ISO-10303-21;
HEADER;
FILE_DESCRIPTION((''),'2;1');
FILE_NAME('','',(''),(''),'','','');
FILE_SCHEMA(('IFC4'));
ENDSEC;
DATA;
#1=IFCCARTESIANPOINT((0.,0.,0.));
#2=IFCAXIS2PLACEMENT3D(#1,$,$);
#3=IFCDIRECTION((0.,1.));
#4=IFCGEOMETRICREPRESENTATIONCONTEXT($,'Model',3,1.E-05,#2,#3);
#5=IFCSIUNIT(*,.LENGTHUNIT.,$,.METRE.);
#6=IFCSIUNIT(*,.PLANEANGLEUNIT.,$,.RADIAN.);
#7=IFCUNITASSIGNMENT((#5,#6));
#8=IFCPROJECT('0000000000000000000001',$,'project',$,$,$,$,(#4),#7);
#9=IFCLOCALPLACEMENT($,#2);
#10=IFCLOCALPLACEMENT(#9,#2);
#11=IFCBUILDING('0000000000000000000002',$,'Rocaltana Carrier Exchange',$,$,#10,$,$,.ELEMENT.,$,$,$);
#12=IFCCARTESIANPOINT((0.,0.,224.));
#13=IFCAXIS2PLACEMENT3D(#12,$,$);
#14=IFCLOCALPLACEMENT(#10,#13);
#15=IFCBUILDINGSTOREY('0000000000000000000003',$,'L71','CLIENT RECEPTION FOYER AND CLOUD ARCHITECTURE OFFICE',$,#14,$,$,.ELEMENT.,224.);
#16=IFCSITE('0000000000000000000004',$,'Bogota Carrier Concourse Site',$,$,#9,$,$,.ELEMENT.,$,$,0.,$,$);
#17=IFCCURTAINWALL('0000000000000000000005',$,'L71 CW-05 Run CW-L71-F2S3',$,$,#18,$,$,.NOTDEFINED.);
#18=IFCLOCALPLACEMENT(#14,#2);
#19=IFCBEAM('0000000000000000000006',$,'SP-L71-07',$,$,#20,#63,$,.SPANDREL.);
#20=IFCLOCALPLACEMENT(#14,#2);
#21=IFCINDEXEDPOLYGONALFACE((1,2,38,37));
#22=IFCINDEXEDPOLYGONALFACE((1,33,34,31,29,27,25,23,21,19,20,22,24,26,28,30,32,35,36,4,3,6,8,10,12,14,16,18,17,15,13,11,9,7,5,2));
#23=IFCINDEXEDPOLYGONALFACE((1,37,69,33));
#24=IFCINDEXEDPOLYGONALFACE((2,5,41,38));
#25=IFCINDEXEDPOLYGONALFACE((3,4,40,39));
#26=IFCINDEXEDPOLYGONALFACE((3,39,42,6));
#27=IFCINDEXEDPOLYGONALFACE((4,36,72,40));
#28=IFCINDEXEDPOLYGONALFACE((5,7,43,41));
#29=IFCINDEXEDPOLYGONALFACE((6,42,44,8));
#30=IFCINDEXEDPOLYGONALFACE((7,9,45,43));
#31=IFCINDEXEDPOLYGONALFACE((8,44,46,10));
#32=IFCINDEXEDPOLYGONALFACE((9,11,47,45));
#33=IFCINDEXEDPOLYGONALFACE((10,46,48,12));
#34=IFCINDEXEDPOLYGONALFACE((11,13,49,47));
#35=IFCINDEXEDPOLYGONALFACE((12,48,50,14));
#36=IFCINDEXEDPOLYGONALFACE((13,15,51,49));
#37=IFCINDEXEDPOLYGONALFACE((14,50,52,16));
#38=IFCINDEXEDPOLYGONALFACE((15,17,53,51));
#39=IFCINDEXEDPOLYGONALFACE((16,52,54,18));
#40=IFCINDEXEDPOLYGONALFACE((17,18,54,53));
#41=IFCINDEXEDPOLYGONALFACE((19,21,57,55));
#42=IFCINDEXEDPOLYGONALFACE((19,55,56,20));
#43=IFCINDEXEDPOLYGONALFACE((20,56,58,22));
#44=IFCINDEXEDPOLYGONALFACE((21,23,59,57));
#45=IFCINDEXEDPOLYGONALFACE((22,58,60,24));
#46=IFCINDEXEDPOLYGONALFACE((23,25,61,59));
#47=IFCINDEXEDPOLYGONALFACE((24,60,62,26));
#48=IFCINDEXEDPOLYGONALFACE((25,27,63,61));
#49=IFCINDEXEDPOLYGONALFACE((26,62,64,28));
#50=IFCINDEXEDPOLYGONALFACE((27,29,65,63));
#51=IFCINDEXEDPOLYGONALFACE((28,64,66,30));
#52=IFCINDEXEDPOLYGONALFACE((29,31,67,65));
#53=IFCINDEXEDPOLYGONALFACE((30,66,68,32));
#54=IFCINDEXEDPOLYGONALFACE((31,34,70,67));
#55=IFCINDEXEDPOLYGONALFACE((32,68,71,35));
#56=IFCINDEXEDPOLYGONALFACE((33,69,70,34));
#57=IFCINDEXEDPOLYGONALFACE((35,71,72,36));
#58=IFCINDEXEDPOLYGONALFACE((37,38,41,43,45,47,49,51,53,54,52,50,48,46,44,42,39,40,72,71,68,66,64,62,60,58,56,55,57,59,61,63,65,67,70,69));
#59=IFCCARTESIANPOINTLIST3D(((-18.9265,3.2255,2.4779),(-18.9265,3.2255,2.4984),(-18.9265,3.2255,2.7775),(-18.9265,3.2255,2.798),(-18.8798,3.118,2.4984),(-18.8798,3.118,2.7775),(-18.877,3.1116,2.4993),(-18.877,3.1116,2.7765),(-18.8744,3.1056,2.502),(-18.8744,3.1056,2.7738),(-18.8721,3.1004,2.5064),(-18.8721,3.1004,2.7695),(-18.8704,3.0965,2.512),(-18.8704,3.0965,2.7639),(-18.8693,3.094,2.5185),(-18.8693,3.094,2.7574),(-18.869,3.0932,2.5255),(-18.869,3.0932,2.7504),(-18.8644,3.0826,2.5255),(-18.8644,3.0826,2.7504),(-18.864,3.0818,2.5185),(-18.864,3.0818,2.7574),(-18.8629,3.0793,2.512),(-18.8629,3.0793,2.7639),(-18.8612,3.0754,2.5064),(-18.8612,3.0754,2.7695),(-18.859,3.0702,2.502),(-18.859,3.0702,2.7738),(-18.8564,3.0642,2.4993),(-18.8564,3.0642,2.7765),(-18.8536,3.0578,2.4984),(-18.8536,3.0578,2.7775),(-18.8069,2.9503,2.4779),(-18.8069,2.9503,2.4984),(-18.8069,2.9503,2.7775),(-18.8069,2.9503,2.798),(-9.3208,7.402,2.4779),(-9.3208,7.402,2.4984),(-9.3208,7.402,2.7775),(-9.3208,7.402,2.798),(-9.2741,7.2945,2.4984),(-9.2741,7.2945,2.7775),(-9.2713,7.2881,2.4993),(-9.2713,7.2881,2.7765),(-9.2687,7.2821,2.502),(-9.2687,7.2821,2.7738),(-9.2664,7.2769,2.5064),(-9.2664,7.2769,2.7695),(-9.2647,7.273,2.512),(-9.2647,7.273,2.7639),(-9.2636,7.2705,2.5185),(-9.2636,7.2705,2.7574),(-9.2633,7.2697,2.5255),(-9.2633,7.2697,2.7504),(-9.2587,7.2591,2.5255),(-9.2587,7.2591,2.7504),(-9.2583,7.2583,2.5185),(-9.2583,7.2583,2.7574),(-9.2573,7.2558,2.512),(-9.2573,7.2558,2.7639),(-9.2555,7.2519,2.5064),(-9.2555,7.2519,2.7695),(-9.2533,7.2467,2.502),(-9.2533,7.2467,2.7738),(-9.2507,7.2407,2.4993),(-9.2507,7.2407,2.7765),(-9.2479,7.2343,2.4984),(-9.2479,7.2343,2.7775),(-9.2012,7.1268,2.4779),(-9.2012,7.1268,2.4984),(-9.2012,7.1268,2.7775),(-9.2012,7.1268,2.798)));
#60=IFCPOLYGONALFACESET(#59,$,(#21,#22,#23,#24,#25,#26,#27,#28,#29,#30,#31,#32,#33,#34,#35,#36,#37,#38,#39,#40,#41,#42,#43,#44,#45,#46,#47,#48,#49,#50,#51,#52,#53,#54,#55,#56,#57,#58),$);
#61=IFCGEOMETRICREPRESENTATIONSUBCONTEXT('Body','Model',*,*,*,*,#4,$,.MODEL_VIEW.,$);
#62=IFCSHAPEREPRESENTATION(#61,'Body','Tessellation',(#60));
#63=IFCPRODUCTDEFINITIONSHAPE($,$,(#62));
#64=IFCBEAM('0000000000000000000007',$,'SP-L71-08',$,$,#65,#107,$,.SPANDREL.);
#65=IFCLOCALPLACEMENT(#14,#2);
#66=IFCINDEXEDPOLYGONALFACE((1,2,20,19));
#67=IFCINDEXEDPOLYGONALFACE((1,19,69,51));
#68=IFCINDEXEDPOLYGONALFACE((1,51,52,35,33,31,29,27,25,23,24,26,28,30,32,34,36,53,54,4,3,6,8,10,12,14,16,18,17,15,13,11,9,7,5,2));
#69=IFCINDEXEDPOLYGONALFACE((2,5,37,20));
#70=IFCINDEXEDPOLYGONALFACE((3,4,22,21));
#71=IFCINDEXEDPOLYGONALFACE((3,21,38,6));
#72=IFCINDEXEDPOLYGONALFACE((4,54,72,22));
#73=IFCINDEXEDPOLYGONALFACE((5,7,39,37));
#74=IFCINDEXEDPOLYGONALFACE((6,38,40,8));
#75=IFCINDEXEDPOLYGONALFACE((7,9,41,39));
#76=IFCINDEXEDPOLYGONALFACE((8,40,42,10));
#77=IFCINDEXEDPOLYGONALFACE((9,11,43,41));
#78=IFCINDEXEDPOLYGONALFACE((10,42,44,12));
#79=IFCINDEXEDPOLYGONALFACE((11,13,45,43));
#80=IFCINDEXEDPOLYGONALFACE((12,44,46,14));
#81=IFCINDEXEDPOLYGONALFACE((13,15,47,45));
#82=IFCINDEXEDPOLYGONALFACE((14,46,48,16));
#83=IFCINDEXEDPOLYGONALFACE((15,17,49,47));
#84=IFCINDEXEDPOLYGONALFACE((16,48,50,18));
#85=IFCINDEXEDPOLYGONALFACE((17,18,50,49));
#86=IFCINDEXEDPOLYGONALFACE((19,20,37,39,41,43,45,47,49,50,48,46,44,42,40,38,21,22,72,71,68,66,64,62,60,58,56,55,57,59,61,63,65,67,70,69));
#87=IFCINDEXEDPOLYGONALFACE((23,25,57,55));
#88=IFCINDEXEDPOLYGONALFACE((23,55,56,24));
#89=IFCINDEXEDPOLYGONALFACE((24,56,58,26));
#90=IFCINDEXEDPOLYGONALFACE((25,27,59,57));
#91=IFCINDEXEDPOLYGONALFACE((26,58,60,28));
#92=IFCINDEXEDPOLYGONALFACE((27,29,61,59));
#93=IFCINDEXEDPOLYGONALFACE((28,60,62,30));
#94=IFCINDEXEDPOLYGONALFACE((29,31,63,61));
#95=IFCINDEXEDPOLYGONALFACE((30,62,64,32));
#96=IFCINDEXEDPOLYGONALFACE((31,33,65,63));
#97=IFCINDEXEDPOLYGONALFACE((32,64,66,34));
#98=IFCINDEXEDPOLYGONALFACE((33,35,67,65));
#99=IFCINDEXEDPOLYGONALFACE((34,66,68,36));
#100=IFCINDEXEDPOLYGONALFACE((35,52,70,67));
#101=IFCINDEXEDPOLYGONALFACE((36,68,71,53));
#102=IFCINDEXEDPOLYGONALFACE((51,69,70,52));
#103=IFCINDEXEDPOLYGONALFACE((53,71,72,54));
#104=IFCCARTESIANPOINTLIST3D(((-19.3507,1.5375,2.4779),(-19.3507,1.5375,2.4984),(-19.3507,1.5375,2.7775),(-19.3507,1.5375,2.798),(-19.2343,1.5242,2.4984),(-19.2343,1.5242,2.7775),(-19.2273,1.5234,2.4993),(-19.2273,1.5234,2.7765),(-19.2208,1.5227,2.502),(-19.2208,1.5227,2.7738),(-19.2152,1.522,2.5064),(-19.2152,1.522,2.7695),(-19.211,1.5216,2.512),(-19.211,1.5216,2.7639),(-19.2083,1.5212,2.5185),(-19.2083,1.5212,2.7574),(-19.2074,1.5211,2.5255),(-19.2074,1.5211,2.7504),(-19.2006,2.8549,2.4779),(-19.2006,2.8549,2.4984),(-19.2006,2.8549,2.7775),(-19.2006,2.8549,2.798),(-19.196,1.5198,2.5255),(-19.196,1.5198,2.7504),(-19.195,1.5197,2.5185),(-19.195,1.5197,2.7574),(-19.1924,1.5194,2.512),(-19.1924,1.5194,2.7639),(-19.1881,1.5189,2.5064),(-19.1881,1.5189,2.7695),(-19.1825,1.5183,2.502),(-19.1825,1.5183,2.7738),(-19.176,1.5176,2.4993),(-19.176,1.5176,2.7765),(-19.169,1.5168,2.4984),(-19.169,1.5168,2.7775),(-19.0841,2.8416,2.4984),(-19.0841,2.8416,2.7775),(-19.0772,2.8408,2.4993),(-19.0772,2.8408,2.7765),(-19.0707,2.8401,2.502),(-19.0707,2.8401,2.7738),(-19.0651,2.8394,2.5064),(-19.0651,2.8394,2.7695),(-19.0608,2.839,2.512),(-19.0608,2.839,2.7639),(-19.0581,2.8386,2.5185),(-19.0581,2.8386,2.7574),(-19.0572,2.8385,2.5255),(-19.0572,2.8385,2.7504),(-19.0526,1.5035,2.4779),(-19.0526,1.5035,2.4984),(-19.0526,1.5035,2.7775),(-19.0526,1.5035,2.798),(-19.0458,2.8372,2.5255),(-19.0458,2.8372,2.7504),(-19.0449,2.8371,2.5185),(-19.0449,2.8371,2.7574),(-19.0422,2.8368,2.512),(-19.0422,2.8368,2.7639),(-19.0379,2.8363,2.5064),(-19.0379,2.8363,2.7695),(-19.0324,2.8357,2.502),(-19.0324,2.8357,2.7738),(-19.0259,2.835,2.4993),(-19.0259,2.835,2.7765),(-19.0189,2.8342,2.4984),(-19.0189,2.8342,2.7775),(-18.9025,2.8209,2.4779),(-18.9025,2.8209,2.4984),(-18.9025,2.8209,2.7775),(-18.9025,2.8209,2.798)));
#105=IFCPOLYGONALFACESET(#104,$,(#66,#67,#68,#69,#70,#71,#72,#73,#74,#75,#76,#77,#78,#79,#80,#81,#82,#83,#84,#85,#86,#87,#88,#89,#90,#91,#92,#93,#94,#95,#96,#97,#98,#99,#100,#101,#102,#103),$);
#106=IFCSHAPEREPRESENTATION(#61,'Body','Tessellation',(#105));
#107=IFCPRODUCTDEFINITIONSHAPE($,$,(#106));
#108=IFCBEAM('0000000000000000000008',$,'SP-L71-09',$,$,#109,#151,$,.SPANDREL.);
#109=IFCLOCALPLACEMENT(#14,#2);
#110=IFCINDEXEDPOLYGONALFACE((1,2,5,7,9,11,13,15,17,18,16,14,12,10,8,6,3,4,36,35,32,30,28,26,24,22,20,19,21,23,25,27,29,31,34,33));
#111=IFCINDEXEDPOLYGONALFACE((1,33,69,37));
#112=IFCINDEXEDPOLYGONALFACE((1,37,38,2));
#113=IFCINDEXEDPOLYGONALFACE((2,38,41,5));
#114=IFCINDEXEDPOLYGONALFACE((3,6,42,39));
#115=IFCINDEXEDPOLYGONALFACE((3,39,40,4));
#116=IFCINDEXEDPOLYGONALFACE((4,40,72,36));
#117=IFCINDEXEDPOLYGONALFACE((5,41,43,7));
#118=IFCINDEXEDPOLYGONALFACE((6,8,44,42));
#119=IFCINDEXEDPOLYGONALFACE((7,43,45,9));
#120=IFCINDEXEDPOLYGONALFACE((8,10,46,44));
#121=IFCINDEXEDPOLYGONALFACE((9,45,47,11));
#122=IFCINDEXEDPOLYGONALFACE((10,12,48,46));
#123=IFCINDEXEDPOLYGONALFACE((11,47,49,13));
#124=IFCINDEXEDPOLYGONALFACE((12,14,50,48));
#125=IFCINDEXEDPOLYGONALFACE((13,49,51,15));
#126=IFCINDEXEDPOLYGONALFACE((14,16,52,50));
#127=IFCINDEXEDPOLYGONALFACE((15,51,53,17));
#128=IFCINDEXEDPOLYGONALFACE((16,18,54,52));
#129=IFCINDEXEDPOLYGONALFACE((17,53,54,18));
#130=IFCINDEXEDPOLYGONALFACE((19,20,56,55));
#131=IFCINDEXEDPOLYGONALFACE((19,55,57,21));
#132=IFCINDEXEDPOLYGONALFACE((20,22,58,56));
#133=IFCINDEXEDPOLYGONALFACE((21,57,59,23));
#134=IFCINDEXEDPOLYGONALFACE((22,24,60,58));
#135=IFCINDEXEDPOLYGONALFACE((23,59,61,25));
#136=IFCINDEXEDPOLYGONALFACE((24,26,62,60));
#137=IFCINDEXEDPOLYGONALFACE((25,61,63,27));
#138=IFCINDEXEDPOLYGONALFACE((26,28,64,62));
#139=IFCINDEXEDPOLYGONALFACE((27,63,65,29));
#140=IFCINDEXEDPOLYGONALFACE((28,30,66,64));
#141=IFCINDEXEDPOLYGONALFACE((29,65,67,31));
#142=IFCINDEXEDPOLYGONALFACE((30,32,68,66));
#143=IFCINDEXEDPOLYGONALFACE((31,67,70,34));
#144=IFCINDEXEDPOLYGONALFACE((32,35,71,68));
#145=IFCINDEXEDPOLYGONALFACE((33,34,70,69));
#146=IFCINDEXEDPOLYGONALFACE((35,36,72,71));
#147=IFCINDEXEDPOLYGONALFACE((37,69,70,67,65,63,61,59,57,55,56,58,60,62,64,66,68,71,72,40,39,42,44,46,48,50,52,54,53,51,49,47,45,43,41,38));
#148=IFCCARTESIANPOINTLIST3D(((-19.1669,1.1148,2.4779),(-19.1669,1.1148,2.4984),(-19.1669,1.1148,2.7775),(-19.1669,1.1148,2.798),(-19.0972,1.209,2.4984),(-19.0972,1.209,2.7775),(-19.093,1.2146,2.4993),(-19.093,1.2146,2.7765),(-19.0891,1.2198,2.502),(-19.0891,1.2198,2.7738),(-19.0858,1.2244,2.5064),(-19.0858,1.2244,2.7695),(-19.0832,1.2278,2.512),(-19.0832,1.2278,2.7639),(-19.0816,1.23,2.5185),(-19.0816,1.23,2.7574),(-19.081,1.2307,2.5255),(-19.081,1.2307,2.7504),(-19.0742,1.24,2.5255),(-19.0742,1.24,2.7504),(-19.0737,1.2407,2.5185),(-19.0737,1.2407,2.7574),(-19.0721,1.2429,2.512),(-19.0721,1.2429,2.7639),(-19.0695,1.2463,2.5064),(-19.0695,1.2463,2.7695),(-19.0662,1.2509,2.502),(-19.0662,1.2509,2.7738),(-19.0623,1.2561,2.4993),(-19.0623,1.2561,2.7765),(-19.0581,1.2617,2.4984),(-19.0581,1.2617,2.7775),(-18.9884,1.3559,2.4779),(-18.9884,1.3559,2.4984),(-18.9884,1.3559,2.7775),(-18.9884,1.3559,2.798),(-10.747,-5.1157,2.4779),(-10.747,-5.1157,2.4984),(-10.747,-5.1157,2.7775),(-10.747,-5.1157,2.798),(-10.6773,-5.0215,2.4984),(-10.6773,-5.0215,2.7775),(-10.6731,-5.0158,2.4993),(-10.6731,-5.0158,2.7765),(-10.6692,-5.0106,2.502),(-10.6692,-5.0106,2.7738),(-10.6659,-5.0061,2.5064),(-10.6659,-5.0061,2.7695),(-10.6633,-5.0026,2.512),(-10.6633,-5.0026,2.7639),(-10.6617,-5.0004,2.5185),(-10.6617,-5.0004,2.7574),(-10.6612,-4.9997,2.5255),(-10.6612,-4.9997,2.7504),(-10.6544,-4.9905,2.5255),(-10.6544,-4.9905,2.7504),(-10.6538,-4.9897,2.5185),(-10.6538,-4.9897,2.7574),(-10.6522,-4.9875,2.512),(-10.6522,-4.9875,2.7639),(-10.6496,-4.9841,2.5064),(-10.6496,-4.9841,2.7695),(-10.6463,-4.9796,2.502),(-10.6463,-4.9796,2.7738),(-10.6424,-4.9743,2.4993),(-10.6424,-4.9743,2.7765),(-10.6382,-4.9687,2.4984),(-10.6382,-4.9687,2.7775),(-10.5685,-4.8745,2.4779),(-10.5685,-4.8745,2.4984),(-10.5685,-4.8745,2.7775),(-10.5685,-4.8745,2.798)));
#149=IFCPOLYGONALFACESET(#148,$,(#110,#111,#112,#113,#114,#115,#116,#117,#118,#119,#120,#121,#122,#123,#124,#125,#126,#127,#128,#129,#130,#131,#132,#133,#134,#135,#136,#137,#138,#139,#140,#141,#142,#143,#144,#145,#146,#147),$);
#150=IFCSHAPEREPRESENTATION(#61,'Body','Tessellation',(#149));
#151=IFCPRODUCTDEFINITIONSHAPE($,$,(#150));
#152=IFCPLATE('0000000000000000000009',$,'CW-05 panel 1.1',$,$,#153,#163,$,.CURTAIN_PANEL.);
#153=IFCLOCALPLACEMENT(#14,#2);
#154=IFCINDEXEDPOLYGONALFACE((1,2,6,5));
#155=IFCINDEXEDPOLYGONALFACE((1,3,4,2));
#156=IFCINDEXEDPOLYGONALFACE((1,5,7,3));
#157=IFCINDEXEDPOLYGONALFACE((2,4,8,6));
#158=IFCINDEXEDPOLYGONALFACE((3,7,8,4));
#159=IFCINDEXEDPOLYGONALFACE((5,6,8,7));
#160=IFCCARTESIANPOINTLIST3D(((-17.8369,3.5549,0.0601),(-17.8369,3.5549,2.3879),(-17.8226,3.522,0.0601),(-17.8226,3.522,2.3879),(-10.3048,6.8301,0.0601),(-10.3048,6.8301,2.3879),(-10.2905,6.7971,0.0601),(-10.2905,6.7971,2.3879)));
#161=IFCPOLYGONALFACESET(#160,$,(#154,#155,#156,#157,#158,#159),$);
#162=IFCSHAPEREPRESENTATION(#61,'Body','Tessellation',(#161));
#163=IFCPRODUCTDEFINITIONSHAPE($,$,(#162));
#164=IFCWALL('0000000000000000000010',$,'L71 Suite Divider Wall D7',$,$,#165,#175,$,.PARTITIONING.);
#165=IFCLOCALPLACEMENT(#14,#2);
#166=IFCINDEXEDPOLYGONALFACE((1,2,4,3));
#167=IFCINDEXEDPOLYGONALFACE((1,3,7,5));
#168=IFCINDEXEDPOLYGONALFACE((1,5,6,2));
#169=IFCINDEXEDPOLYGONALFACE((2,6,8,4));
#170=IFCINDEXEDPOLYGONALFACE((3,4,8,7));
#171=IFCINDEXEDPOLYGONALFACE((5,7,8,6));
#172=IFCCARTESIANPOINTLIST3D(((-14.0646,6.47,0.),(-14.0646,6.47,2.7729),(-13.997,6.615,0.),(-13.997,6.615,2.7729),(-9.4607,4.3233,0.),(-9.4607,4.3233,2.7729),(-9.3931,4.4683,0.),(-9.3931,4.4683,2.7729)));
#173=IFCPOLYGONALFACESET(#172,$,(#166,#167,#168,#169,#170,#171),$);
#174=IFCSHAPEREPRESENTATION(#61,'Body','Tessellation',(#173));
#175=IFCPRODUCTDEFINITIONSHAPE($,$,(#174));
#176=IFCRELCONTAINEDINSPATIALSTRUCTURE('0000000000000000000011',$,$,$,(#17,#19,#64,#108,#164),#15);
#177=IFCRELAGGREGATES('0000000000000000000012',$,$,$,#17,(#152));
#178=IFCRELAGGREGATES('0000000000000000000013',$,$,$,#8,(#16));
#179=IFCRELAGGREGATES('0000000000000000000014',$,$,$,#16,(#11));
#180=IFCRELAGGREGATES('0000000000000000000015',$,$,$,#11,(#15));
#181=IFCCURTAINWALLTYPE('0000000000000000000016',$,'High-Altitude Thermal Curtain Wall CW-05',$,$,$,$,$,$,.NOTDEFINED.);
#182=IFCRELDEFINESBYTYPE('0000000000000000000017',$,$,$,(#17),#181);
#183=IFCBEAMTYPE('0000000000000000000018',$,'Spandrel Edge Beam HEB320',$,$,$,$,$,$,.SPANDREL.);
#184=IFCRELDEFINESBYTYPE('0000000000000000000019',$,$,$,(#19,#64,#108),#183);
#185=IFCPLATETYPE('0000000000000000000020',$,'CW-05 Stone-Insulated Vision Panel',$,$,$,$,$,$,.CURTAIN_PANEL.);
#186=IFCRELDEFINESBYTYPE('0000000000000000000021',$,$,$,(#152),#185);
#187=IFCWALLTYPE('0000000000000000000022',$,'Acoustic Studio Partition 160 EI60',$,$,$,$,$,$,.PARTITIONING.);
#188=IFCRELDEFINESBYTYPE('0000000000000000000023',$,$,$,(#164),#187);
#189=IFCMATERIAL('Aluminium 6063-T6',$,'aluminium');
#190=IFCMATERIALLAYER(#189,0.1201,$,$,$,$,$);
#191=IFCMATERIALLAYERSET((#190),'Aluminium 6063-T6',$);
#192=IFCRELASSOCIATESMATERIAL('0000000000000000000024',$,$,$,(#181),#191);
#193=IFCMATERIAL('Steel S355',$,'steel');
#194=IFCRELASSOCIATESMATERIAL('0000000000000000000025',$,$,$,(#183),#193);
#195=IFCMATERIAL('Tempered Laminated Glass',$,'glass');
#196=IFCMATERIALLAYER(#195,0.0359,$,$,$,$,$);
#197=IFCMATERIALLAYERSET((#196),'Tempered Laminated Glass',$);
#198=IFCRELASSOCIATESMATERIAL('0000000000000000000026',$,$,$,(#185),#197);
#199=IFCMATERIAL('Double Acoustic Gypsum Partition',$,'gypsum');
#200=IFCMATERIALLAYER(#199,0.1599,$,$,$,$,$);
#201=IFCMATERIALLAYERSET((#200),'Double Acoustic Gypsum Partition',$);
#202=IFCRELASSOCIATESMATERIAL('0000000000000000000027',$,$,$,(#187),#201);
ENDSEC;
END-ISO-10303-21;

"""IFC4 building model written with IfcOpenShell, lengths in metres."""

from ifc_helpers import new_model, si_unit, direction, frame, frame_2d, origin, origin_2d, place, context, subcontext, project, spatial, rectangle, i_section, extrude, material, layer, layer_set, material_profile, profile_set, type_object, element, aggregate, save


model = new_model("IFC4")

# Units and contexts
model_context = context("Model", 3, precision=1e-05, world=origin(), true_north=direction((0.0, 1.0)))
body_context = subcontext(model_context, "Body", "Model", "MODEL_VIEW")
ifc_project = project(units=[si_unit("LENGTHUNIT", "METRE"), si_unit("PLANEANGLEUNIT", "RADIAN")], contexts=[model_context])

# Site, building, storey
site_placement = place(None, origin())
site = spatial("IfcSite", under=ifc_project, at=site_placement, Name="Bogota Carrier Concourse Site", CompositionType="ELEMENT", RefElevation=0.0)
building_placement = place(site_placement, origin())
building = spatial("IfcBuilding", under=site, at=building_placement, Name="Rocaltana Carrier Exchange", CompositionType="ELEMENT")
storey_placement = place(building_placement, frame((0.0, 0.0, 224.0)))
storey = spatial("IfcBuildingStorey", under=building, at=storey_placement, Name="L71", Description="CLIENT RECEPTION FOYER AND CLOUD ARCHITECTURE OFFICE", CompositionType="ELEMENT", Elevation=224.0)

# Shared definitions
ifc_material_1 = material(Name="Aluminium 6063-T6", Category="aluminium")
ifc_layer_1 = layer(ifc_material_1, 0.1201)
ifc_layer_set_1 = layer_set([ifc_layer_1], Name="Aluminium 6063-T6")
curtain_wall_type = type_object("IfcCurtainWallType", Name="High-Altitude Thermal Curtain Wall CW-05", PredefinedType="NOTDEFINED", material=ifc_layer_set_1)

# Curtain wall
curtain_wall_1_placement = place(storey_placement, origin())
curtain_wall_1 = element("IfcCurtainWall", 1, at=curtain_wall_1_placement, inside=storey, type_object=curtain_wall_type, Name="L71 CW-05 Run CW-L71-F2S3", PredefinedType="NOTDEFINED")

# Beams
ifc_material_2 = material(Name="Steel S355", Category="steel")
ifc_material_profile_1 = material_profile(ifc_material_2, i_section(OverallWidth=0.3, OverallDepth=0.3201, WebThickness=0.0115, FlangeThickness=0.0205, FilletRadius=0.0271, at=origin_2d()), Name="HEB320")
ifc_profile_set_1 = profile_set([ifc_material_profile_1], Name="Steel S355")
beam_type_1 = type_object("IfcBeamType", Name="Spandrel Edge Beam HEB320", PredefinedType="SPANDREL", material=ifc_profile_set_1)
beam_1_placement = place(storey_placement, frame((-9.261, 7.2644, 2.6379), z_axis=(-0.917066, -0.398735, 0.0), x_axis=(0.398735, -0.917066, 0.0)))
element("IfcBeam", 2, at=beam_1_placement, inside=storey, type_object=beam_type_1, Name="SP-L71-07", PredefinedType="SPANDREL", context=body_context, shape_type="SweptSolid", body=[
    extrude(i_section(OverallWidth=0.3, OverallDepth=0.3201, WebThickness=0.0115, FlangeThickness=0.0205, FilletRadius=0.0271, at=origin_2d()), origin(), (0.0, 0.0, 1.0), 10.4744),
])
beam_2_placement = place(storey_placement, frame((-19.0515, 2.8379, 2.6379), z_axis=(-0.11324, -0.993568, 0.0), x_axis=(0.993568, -0.11324, 0.0)))
element("IfcBeam", 3, at=beam_2_placement, inside=storey, type_object=beam_type_1, Name="SP-L71-08", PredefinedType="SPANDREL", context=body_context, shape_type="SweptSolid", body=[
    extrude(i_section(OverallWidth=0.3, OverallDepth=0.3201, WebThickness=0.0115, FlangeThickness=0.0205, FilletRadius=0.0271, at=origin_2d()), origin(), (0.0, 0.0, 1.0), 1.3259),
])
beam_3_placement = place(storey_placement, frame((-19.0776, 1.2354, 2.6379), z_axis=(0.803854, -0.594826, 0.0), x_axis=(0.594826, 0.803854, 0.0)))
element("IfcBeam", 4, at=beam_3_placement, inside=storey, type_object=beam_type_1, Name="SP-L71-09", PredefinedType="SPANDREL", context=body_context, shape_type="SweptSolid", body=[
    extrude(i_section(OverallWidth=0.3, OverallDepth=0.3201, WebThickness=0.0115, FlangeThickness=0.0205, FilletRadius=0.0271, at=origin_2d()), origin(), (0.0, 0.0, 1.0), 10.4744),
])

# Plate
ifc_material_3 = material(Name="Tempered Laminated Glass", Category="glass")
ifc_layer_2 = layer(ifc_material_3, 0.0359)
ifc_layer_set_2 = layer_set([ifc_layer_2], Name="Tempered Laminated Glass")
plate_type = type_object("IfcPlateType", Name="CW-05 Stone-Insulated Vision Panel", PredefinedType="CURTAIN_PANEL", material=ifc_layer_set_2)
plate_placement = place(storey_placement, frame((-14.0637, 5.176, 0.0601), z_axis=(0.0, 0.0, 1.0), x_axis=(-0.917057, -0.398757, 0.0)))
plate = element("IfcPlate", 5, at=plate_placement, type_object=plate_type, Name="CW-05 panel 1.1", PredefinedType="CURTAIN_PANEL", context=body_context, shape_type="SweptSolid", body=[
    extrude(rectangle(XDim=8.2134, YDim=0.0359, at=origin_2d()), origin(), (0.0, 0.0, 1.0), 2.3279),
])
aggregate(curtain_wall_1, [plate])

# Wall
ifc_material_4 = material(Name="Double Acoustic Gypsum Partition", Category="gypsum")
ifc_layer_3 = layer(ifc_material_4, 0.1599)
ifc_layer_set_3 = layer_set([ifc_layer_3], Name="Double Acoustic Gypsum Partition")
wall_type_1 = type_object("IfcWallType", Name="Acoustic Studio Partition 160 EI60", PredefinedType="PARTITIONING", material=ifc_layer_set_3)
wall_1_placement = place(storey_placement, frame((-9.4268, 4.3958, 0.0), z_axis=(0.0, 0.0, 1.0), x_axis=(-0.906319, 0.422593, 0.0)))
element("IfcWall", 6, at=wall_1_placement, inside=storey, type_object=wall_type_1, Name="L71 Suite Divider Wall D7", PredefinedType="PARTITIONING", context=body_context, shape_type="SweptSolid", body=[
    extrude(rectangle(XDim=5.0798, YDim=0.1599, at=frame_2d((2.54, 0.0))), origin(), (0.0, 0.0, 1.0), 2.7729),
])

save(model, "model.ifc")
